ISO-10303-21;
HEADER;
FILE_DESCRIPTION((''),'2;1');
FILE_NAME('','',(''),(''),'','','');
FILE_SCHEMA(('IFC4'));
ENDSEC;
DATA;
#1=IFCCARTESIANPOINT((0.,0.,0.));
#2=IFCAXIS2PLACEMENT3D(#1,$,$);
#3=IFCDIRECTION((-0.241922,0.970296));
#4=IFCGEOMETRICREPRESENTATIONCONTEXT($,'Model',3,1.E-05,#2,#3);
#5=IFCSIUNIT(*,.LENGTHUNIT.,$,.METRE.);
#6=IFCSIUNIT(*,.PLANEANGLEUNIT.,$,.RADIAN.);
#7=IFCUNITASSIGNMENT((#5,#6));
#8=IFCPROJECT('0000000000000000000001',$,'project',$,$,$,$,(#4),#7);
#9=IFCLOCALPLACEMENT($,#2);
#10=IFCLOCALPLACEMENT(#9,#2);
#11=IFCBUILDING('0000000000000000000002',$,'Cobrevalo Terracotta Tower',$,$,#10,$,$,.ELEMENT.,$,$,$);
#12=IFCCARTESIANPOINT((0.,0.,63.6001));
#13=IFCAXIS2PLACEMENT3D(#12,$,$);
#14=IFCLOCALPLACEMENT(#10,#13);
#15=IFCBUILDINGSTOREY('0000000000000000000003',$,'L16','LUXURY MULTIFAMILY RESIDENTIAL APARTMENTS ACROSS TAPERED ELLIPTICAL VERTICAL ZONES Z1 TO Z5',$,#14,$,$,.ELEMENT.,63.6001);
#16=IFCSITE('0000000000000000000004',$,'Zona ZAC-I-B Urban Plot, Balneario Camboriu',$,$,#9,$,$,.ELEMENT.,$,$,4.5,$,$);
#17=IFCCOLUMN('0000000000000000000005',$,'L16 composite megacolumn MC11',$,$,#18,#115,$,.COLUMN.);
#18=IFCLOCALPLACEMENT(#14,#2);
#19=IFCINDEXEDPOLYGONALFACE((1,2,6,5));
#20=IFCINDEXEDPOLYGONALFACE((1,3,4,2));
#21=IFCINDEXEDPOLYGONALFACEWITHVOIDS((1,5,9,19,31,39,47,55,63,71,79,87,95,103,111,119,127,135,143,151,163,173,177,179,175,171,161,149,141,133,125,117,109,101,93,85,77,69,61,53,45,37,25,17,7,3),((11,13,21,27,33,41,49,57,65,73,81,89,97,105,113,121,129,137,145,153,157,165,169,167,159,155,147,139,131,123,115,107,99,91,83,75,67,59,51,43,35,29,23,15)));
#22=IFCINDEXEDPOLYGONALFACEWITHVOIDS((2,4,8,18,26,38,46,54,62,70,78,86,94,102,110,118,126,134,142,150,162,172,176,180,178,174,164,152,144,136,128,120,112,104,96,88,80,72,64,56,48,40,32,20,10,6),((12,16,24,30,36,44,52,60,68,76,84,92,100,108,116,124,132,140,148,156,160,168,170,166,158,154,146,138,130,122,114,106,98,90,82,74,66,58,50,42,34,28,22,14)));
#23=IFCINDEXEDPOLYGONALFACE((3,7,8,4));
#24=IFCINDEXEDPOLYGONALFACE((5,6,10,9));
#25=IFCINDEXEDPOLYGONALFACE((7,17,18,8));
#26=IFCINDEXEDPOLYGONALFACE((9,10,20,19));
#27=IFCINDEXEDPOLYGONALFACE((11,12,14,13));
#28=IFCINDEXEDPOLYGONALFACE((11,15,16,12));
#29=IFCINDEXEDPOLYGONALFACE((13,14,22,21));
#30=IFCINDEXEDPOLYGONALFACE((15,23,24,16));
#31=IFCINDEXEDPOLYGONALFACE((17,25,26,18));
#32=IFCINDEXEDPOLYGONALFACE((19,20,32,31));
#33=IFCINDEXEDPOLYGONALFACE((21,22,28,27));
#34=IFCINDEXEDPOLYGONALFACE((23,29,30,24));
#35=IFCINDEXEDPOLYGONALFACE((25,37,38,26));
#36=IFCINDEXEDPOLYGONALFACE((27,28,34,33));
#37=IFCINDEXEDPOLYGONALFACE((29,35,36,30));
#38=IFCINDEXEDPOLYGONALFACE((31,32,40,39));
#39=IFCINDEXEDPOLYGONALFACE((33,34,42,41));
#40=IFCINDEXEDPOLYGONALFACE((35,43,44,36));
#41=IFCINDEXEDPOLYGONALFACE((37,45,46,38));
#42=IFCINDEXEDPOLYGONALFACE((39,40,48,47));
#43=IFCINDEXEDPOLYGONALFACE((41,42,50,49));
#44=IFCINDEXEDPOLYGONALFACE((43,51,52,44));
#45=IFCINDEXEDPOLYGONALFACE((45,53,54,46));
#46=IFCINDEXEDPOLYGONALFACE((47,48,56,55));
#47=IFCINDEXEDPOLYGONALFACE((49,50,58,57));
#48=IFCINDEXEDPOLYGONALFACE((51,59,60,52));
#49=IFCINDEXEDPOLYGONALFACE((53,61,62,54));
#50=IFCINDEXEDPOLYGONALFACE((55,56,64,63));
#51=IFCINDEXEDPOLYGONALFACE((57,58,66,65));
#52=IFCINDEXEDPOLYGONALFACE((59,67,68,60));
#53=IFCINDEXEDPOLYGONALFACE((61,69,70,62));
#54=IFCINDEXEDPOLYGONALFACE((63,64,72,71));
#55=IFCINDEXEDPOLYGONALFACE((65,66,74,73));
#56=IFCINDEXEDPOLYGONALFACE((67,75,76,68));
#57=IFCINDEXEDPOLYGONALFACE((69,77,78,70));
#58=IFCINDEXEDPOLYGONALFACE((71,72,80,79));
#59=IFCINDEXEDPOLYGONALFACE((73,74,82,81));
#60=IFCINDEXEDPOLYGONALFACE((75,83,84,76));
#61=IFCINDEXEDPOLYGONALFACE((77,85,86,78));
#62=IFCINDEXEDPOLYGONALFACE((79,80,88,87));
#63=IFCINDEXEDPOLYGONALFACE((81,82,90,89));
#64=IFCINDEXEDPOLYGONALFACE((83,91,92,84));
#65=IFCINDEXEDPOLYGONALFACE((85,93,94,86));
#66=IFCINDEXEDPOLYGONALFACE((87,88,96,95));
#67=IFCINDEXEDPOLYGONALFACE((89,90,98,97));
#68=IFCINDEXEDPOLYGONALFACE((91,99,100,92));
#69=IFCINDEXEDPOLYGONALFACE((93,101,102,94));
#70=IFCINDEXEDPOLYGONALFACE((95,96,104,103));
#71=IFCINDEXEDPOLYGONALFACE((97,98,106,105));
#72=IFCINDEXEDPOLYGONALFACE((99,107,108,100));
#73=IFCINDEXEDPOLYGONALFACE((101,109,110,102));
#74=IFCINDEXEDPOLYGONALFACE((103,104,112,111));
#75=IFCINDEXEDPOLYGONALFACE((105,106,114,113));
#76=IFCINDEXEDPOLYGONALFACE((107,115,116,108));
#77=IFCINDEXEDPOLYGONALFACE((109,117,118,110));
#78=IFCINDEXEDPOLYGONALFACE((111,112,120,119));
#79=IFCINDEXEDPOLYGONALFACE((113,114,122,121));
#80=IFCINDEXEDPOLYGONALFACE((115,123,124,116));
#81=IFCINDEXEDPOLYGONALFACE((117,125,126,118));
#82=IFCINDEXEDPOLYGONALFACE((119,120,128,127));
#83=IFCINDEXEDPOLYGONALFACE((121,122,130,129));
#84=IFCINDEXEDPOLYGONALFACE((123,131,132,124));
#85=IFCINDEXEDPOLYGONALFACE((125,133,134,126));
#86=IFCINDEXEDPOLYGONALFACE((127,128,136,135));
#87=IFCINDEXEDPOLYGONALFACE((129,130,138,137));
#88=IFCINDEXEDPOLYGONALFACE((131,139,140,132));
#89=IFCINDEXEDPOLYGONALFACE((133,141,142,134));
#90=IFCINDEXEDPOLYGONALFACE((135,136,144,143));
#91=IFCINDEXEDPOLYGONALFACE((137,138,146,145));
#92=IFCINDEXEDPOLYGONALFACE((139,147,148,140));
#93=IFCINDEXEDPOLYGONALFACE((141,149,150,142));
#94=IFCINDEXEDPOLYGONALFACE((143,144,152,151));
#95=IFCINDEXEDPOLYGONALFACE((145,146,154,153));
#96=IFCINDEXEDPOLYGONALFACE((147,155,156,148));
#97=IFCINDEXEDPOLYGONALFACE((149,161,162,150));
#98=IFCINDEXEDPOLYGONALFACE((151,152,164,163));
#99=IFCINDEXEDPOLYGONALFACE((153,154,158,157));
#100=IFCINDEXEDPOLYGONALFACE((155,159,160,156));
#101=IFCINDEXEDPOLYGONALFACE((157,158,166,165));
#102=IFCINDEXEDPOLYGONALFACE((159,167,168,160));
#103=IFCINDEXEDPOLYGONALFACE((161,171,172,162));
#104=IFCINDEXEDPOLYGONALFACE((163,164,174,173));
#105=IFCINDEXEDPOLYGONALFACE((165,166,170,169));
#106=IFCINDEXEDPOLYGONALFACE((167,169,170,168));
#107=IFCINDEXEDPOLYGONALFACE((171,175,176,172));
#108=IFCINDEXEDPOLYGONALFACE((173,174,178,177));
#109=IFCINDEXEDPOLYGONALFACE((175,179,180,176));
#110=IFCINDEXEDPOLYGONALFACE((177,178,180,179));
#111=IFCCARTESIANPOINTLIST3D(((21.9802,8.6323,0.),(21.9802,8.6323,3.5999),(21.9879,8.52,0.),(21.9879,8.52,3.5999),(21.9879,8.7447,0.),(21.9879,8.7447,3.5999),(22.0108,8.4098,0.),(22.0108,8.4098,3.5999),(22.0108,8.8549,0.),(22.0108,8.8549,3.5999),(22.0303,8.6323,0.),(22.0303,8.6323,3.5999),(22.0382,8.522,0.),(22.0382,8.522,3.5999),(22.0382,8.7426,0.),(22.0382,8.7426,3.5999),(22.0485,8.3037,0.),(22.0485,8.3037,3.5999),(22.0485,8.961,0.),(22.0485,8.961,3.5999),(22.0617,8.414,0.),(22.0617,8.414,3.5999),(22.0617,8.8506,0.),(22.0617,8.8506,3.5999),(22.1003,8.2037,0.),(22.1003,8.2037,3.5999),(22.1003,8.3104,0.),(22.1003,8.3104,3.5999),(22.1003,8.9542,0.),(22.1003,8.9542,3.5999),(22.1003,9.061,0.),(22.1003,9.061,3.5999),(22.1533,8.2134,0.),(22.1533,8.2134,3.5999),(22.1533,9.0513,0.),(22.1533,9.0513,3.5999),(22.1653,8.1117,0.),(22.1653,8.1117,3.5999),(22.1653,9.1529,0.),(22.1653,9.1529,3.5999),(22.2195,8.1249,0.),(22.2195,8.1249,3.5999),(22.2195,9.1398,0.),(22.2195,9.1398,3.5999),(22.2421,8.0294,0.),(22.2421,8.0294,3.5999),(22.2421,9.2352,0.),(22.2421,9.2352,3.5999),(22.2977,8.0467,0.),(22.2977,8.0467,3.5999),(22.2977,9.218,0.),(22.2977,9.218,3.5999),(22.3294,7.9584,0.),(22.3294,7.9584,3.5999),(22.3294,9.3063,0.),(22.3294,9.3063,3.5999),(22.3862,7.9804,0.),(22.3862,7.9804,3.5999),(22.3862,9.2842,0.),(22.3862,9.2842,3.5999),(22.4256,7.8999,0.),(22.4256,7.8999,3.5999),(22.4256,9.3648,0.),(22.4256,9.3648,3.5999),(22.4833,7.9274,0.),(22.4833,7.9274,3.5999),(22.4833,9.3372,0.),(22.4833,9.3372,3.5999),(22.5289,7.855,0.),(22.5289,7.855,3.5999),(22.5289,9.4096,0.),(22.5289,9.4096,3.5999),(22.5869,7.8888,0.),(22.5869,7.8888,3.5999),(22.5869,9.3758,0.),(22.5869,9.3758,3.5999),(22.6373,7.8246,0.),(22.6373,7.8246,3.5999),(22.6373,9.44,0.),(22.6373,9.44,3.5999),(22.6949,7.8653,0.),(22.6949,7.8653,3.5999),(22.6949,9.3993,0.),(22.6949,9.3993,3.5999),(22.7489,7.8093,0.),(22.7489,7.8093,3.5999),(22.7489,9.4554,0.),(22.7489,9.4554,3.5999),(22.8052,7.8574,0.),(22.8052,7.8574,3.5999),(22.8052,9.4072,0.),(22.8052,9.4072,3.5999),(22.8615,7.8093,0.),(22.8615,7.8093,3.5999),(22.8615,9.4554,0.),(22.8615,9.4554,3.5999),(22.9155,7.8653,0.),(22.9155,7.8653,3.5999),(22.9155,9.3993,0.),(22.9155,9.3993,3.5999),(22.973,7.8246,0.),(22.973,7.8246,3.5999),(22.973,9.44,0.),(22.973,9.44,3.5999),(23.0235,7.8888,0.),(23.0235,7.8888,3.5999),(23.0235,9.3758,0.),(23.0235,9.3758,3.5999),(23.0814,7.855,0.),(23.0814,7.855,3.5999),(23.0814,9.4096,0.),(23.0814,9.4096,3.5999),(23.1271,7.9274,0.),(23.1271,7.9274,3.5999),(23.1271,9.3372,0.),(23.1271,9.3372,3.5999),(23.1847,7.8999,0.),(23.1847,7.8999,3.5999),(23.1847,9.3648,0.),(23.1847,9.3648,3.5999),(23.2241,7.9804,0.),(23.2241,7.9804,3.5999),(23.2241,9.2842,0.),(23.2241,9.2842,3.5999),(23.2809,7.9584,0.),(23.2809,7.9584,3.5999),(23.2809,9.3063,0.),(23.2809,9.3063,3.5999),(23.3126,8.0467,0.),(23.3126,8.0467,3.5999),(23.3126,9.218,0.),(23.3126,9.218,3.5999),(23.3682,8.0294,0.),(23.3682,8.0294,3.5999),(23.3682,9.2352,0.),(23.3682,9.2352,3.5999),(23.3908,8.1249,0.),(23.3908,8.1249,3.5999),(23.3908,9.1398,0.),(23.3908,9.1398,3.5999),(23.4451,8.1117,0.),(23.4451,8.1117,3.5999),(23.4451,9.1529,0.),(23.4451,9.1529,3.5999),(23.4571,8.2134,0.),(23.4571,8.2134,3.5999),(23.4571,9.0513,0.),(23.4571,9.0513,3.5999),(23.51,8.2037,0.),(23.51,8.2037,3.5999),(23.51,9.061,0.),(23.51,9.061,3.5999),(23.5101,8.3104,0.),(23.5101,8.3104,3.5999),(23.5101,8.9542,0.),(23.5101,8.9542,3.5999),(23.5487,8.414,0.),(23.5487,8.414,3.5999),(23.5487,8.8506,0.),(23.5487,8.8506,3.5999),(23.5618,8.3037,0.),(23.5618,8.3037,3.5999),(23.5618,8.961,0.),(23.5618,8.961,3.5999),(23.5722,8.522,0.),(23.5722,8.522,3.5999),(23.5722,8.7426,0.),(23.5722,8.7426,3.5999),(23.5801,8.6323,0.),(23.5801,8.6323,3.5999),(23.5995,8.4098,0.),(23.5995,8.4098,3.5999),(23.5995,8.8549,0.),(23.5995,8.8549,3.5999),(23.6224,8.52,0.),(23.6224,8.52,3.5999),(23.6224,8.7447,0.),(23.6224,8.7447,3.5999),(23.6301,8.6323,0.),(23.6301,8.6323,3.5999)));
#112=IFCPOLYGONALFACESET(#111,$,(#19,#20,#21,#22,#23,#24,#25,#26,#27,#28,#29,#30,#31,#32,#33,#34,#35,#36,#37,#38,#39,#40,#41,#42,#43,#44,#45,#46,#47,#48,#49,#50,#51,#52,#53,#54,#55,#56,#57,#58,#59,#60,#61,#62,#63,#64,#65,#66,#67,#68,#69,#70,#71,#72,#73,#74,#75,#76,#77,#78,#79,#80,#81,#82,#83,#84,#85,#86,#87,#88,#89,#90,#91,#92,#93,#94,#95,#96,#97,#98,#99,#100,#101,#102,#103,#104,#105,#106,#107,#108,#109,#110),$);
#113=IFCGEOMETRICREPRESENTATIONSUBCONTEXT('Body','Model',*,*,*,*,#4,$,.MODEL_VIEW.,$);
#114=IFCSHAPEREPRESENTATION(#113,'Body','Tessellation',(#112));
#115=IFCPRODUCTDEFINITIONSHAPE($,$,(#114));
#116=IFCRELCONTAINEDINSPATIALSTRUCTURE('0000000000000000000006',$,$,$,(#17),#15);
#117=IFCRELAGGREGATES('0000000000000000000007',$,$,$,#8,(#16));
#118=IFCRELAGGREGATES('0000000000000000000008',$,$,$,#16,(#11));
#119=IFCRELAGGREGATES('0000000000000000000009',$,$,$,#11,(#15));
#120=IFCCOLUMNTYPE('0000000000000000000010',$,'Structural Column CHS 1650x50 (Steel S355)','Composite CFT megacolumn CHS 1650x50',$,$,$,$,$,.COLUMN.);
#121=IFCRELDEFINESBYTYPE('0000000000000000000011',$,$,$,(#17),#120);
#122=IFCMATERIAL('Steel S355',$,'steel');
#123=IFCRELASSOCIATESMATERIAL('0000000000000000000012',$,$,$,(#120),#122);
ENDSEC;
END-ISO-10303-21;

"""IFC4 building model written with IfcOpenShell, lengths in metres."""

from ifc_helpers import new_model, si_unit, direction, frame, origin, origin_2d, place, context, subcontext, project, spatial, hollow_circle, extrude, material, material_profile, profile_set, type_object, element, save


model = new_model("IFC4")

# Units and contexts
model_context = context("Model", 3, precision=1e-05, world=origin(), true_north=direction((-0.241922, 0.970296)))
body_context = subcontext(model_context, "Body", "Model", "MODEL_VIEW")
ifc_project = project(units=[si_unit("LENGTHUNIT", "METRE"), si_unit("PLANEANGLEUNIT", "RADIAN")], contexts=[model_context])

# Site, building, storey
site_placement = place(None, origin())
site = spatial("IfcSite", under=ifc_project, at=site_placement, Name="Zona ZAC-I-B Urban Plot, Balneario Camboriu", CompositionType="ELEMENT", RefElevation=4.5)
building_placement = place(site_placement, origin())
building = spatial("IfcBuilding", under=site, at=building_placement, Name="Cobrevalo Terracotta Tower", CompositionType="ELEMENT")
storey_placement = place(building_placement, frame((0.0, 0.0, 63.6001)))
storey = spatial("IfcBuildingStorey", under=building, at=storey_placement, Name="L16", Description="LUXURY MULTIFAMILY RESIDENTIAL APARTMENTS ACROSS TAPERED ELLIPTICAL VERTICAL ZONES Z1 TO Z5", CompositionType="ELEMENT", Elevation=63.6001)

# Column
ifc_material_1 = material(Name="Steel S355", Category="steel")
ifc_material_profile_1 = material_profile(ifc_material_1, hollow_circle(Radius=0.825, WallThickness=0.05, at=origin_2d()), Name="CHS 1650x50")
ifc_profile_set_1 = profile_set([ifc_material_profile_1], Name="Steel S355")
column_type = type_object("IfcColumnType", Name="Structural Column CHS 1650x50 (Steel S355)", Description="Composite CFT megacolumn CHS 1650x50", PredefinedType="COLUMN", material=ifc_profile_set_1)
for number, where, z_axis, x_axis, name in (
    (1, (22.8052, 8.6323, 0.0), (0.0, 0.0, 1.0), (1.0, 0.0, 0.0), "L16 composite megacolumn MC11"),
):
    element("IfcColumn", number, at=place(storey_placement, frame(where, z_axis=z_axis, x_axis=x_axis)), inside=storey, type_object=column_type, Name=name, PredefinedType="COLUMN", context=body_context, shape_type="SweptSolid", body=[
        extrude(hollow_circle(Radius=0.825, WallThickness=0.05, at=origin_2d()), origin(), (0.0, 0.0, 1.0), 3.5999),
    ])

save(model, "model.ifc")
